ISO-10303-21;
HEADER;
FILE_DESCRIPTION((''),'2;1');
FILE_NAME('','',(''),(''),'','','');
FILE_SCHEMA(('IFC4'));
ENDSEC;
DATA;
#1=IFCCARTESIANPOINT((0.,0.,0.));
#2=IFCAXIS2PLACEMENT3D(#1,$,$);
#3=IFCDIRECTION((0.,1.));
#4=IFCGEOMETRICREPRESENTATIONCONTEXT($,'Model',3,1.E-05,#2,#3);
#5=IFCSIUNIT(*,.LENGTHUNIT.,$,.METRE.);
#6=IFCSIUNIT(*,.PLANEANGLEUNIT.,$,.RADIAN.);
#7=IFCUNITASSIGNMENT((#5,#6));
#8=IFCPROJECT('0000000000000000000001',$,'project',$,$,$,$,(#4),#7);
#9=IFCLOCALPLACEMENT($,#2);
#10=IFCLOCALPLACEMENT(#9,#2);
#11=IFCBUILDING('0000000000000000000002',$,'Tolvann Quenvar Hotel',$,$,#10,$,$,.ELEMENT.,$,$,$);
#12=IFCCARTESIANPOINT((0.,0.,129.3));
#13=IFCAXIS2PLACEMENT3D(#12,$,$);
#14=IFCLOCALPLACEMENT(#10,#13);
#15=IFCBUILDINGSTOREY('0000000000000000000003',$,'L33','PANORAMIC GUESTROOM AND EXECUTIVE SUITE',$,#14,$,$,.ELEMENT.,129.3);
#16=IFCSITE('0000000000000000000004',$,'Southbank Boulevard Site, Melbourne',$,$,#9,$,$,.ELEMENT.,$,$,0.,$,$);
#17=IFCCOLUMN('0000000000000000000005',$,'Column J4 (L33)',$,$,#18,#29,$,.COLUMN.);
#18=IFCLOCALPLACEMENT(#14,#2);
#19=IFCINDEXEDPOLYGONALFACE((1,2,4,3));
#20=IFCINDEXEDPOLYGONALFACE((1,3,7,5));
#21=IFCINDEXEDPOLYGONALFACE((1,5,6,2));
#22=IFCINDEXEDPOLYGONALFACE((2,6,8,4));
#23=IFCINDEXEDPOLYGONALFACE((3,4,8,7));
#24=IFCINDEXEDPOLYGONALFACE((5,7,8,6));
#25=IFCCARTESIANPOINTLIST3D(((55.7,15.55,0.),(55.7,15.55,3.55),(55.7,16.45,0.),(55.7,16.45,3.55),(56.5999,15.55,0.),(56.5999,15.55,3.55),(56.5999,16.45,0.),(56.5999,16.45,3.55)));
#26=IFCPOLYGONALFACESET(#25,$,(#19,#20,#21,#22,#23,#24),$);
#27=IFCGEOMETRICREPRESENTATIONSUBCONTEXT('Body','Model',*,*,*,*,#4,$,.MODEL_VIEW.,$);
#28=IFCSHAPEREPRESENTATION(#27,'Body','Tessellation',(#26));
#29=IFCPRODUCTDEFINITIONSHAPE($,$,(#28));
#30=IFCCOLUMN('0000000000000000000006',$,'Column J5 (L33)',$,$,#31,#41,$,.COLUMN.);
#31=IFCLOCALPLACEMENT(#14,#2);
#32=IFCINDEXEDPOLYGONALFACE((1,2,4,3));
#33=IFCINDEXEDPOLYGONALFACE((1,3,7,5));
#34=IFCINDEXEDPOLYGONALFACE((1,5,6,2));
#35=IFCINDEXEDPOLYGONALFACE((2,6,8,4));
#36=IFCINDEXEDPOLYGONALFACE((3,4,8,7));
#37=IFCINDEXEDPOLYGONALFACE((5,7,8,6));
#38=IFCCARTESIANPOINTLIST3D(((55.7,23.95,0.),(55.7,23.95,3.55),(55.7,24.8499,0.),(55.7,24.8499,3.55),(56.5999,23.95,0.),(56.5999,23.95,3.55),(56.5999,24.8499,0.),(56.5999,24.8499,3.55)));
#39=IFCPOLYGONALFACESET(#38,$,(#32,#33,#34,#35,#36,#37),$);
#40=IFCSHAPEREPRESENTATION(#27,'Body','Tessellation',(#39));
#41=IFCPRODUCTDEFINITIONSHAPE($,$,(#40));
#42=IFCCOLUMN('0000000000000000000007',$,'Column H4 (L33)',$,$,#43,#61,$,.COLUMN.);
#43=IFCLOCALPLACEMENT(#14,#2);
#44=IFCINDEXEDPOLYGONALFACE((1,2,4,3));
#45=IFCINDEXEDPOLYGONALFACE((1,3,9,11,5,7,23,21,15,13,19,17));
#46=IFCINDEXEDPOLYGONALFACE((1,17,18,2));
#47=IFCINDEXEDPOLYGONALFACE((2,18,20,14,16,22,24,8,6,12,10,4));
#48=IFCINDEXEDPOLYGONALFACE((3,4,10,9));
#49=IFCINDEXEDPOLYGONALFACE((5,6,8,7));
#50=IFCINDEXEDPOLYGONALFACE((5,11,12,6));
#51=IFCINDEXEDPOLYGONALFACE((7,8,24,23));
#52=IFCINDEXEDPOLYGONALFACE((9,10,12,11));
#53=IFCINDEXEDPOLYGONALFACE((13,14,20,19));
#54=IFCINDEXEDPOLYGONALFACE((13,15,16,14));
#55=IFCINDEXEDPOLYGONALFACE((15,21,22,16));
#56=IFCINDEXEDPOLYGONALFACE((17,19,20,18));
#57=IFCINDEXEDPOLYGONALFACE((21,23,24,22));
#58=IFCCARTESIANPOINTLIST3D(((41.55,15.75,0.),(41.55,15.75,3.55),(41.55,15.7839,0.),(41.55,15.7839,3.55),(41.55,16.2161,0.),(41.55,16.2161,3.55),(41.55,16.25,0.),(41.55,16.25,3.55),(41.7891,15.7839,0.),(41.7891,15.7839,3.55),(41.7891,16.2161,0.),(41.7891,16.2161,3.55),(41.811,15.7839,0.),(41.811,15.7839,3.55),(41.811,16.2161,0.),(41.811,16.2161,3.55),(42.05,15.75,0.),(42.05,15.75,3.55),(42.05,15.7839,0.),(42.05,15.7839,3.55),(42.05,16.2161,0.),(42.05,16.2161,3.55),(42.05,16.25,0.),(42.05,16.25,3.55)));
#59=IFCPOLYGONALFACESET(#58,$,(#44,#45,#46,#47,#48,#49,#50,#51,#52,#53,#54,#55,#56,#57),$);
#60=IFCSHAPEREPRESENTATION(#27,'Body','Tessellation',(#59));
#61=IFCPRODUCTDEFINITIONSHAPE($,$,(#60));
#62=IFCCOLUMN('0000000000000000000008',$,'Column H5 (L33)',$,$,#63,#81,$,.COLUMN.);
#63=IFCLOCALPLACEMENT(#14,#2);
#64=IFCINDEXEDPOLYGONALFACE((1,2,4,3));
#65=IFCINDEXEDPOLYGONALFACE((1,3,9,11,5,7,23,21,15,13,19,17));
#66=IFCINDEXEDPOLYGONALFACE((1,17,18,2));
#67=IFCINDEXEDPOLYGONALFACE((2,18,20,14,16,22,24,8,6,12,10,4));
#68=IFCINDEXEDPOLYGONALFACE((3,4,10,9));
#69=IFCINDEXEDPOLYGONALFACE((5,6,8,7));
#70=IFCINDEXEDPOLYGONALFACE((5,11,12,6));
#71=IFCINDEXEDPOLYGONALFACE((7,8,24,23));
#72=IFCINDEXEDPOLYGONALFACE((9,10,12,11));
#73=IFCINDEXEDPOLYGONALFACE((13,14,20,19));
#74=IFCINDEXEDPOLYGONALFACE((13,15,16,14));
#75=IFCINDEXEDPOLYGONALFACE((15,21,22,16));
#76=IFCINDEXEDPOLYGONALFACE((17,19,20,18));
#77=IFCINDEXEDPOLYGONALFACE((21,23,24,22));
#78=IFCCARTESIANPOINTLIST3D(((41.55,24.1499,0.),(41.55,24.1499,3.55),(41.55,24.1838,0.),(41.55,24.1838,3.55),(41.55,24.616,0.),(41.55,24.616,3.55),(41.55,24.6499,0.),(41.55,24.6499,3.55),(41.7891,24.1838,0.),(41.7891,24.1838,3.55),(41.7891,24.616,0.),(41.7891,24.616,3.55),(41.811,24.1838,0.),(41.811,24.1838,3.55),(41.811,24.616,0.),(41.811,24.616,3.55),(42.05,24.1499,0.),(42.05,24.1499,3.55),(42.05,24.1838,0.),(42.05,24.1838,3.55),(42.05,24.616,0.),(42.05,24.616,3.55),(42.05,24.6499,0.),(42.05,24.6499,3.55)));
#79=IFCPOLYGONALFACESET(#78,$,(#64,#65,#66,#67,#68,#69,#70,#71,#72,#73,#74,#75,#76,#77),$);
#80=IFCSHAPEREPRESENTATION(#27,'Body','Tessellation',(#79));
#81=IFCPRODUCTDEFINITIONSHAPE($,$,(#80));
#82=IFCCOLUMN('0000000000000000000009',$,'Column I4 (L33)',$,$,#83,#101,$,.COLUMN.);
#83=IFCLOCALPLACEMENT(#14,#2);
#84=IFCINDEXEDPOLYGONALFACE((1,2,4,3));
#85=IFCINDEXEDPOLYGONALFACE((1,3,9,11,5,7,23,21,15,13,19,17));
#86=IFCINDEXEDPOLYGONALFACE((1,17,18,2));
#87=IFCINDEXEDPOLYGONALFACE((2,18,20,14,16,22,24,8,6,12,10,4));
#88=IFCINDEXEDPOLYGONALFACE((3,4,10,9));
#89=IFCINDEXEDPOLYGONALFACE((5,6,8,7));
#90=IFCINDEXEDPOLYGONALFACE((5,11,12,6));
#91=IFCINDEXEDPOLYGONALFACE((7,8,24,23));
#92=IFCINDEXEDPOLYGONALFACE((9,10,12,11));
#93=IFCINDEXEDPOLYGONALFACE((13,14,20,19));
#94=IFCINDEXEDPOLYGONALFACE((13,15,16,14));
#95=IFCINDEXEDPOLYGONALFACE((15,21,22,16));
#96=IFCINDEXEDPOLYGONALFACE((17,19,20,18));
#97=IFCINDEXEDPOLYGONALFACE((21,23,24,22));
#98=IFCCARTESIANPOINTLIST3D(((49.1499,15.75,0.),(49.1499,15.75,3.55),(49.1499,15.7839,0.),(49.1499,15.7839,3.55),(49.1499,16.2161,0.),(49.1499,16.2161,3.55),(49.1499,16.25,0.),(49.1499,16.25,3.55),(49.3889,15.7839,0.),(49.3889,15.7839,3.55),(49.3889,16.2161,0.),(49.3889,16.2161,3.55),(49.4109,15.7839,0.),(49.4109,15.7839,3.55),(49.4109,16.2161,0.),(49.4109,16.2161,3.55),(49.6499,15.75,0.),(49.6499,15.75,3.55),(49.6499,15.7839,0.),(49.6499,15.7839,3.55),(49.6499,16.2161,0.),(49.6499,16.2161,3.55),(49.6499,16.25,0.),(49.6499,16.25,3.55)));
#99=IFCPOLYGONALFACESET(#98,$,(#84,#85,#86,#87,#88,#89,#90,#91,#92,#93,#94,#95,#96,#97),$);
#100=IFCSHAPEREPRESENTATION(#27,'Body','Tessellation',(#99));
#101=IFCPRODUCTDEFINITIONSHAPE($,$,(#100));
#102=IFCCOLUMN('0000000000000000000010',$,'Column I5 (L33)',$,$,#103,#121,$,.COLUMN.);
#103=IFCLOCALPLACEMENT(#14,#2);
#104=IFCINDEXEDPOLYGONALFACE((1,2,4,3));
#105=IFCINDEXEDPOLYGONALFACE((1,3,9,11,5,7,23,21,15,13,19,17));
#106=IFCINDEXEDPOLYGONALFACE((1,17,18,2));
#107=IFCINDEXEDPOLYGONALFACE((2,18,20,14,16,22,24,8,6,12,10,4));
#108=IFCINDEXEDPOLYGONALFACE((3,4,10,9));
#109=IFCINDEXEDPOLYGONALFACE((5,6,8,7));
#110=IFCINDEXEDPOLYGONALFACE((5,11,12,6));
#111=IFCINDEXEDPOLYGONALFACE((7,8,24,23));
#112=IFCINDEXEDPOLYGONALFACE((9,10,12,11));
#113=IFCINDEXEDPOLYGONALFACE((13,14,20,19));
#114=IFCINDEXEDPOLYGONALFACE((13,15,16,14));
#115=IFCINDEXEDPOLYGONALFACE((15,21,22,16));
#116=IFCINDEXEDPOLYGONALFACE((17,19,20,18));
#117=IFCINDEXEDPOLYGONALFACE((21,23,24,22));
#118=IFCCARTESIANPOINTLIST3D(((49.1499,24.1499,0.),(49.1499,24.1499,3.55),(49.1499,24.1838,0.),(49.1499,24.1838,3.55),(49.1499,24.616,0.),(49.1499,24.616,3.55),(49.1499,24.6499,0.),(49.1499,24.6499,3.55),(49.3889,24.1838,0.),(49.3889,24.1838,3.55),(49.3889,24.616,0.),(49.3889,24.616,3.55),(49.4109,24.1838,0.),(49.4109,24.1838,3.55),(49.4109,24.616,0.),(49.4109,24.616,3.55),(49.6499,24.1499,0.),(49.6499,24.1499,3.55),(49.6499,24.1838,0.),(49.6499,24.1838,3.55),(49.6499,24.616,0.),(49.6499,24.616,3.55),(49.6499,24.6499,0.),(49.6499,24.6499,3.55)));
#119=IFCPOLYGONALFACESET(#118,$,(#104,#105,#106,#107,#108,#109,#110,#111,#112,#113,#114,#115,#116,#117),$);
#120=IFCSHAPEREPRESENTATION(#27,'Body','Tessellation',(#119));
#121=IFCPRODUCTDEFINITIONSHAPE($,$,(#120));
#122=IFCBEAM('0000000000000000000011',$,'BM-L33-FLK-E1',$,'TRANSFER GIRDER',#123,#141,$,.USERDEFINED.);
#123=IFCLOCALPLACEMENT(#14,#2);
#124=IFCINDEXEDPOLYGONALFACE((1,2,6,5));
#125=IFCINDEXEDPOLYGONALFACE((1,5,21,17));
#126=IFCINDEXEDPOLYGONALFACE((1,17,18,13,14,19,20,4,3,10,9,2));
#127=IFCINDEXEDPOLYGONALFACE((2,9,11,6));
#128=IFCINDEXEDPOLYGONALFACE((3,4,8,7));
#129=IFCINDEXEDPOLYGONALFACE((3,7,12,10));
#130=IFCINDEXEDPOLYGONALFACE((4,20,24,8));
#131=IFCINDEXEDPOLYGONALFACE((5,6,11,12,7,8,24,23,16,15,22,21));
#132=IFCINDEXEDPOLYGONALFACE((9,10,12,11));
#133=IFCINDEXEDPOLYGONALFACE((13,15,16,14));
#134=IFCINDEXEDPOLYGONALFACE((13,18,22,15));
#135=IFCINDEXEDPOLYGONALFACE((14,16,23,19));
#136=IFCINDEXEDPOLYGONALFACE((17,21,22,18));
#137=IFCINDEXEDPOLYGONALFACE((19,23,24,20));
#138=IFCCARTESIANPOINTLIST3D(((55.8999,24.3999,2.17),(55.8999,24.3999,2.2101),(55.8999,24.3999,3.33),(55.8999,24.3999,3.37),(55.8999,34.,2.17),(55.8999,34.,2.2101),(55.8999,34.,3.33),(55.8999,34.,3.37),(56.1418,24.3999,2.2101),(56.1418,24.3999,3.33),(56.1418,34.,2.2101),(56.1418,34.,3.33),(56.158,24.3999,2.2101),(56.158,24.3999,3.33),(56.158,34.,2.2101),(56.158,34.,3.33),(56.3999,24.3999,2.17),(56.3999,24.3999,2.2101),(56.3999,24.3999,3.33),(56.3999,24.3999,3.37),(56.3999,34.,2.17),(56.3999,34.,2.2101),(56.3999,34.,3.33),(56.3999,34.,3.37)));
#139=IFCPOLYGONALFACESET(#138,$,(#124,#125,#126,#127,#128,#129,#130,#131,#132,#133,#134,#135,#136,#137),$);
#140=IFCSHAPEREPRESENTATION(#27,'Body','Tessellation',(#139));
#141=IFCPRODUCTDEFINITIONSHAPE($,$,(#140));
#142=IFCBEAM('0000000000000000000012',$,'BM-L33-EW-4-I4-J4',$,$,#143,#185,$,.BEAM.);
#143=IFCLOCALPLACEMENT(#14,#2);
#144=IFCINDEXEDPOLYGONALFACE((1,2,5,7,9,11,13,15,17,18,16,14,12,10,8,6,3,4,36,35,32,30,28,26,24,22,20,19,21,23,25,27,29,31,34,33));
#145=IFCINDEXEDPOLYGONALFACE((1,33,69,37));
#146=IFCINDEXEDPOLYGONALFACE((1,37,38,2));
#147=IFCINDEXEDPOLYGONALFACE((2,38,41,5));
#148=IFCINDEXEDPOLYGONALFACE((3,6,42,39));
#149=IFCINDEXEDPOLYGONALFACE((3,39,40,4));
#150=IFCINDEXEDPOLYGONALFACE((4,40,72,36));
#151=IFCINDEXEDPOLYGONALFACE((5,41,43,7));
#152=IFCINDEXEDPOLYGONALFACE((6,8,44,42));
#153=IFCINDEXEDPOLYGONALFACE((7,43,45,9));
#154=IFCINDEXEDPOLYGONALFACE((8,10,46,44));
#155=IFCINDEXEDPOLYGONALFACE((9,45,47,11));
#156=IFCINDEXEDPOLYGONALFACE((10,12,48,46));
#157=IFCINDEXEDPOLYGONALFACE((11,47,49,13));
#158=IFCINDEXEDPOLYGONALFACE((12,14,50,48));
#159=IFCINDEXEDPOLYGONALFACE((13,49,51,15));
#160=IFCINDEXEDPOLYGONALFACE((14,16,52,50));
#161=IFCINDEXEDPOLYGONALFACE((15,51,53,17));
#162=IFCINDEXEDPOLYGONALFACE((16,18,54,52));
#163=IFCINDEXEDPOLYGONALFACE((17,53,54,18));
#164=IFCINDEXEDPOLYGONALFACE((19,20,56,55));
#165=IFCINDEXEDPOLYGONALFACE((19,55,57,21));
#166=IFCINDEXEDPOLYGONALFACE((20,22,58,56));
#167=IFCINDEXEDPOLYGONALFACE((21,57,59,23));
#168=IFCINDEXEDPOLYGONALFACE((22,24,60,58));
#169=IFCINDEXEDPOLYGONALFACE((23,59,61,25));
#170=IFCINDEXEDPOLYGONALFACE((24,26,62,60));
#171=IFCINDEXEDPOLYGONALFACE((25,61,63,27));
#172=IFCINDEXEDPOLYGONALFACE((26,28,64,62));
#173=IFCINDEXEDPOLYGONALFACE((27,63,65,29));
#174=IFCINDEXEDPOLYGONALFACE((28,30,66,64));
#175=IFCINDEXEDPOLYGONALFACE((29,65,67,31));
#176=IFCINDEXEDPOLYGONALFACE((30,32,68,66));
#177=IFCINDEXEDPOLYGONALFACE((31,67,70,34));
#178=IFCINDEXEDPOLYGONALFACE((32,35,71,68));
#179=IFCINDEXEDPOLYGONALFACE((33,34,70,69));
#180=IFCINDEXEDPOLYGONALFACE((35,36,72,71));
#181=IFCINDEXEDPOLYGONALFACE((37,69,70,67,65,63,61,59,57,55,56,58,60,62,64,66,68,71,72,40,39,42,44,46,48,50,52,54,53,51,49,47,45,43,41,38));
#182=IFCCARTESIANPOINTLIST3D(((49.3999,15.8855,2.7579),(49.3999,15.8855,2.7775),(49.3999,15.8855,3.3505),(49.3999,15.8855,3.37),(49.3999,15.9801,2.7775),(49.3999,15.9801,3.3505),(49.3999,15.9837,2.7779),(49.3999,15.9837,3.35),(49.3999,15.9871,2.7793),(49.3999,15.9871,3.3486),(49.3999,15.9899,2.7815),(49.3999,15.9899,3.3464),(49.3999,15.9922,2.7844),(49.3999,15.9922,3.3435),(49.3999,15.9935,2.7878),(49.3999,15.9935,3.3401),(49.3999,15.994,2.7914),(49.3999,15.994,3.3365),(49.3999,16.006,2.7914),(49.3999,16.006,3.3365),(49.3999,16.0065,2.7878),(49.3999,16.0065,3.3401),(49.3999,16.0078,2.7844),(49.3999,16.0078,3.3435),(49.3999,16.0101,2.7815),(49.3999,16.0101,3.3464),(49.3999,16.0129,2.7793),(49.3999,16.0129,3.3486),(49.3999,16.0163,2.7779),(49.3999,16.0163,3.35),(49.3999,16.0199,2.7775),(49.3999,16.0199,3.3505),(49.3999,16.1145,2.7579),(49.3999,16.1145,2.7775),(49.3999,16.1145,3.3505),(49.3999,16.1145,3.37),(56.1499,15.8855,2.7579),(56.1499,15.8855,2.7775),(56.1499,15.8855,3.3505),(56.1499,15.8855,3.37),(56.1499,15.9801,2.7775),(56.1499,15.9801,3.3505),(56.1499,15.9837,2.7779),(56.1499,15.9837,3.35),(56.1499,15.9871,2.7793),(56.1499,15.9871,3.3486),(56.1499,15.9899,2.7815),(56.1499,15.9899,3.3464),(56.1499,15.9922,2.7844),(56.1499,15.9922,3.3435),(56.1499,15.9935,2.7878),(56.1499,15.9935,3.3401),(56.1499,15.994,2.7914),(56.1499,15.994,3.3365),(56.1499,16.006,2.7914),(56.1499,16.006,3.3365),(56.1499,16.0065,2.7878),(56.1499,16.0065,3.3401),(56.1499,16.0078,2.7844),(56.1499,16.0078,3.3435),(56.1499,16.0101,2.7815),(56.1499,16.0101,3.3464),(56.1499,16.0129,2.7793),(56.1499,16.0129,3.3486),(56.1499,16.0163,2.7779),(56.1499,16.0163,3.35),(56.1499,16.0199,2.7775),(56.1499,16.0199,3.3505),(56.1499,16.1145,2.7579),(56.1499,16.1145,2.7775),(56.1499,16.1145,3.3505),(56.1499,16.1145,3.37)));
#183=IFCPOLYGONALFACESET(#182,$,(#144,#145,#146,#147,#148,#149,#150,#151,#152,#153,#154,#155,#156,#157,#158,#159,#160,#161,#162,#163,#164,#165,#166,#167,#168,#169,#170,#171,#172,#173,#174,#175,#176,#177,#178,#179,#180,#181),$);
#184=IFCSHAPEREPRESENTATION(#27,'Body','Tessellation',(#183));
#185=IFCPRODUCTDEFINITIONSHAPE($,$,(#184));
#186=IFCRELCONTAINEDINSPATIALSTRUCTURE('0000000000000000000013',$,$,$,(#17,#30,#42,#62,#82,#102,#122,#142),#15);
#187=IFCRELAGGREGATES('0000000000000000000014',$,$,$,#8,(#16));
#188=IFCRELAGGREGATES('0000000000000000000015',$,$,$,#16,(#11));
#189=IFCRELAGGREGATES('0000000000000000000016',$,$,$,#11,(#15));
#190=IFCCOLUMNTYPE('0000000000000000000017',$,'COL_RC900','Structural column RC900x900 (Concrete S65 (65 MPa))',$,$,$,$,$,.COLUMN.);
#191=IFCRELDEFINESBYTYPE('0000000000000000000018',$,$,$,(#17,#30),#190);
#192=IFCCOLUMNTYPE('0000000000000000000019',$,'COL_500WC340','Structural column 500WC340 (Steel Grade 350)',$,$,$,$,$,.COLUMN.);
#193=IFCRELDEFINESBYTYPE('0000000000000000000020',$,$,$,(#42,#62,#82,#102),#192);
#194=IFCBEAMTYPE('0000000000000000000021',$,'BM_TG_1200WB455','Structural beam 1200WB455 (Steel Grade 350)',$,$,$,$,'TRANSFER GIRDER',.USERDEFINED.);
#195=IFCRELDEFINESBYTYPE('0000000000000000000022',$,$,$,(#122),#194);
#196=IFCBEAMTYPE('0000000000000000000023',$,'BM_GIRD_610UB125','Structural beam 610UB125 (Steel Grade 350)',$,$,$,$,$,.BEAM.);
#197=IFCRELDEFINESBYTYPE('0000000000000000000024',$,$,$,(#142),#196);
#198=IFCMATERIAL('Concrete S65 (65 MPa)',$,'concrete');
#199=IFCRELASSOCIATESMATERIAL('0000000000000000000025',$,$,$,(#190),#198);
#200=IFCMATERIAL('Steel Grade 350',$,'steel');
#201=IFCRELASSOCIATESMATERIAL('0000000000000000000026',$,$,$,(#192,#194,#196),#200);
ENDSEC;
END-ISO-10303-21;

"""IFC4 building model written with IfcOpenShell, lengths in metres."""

from ifc_helpers import new_model, si_unit, direction, frame, origin, origin_2d, place, context, subcontext, project, spatial, rectangle, i_section, extrude, source, transform, mapped, material, material_profile, profile_set, type_object, type_shapes, element, save


model = new_model("IFC4")

# Units and contexts
model_context = context("Model", 3, precision=1e-05, world=origin(), true_north=direction((0.0, 1.0)))
body_context = subcontext(model_context, "Body", "Model", "MODEL_VIEW")
ifc_project = project(units=[si_unit("LENGTHUNIT", "METRE"), si_unit("PLANEANGLEUNIT", "RADIAN")], contexts=[model_context])

# Site, building, storey
site_placement = place(None, origin())
site = spatial("IfcSite", under=ifc_project, at=site_placement, Name="Southbank Boulevard Site, Melbourne", CompositionType="ELEMENT", RefElevation=0.0)
building_placement = place(site_placement, origin())
building = spatial("IfcBuilding", under=site, at=building_placement, Name="Tolvann Quenvar Hotel", CompositionType="ELEMENT")
storey_placement = place(building_placement, frame((0.0, 0.0, 129.3)))
storey = spatial("IfcBuildingStorey", under=building, at=storey_placement, Name="L33", Description="PANORAMIC GUESTROOM AND EXECUTIVE SUITE", CompositionType="ELEMENT", Elevation=129.3)

# Columns
ifc_material_1 = material(Name="Concrete S65 (65 MPa)", Category="concrete")
ifc_material_profile_1 = material_profile(ifc_material_1, rectangle(XDim=0.8999, YDim=0.8999, at=origin_2d()), Name="RC900x900")
ifc_profile_set_1 = profile_set([ifc_material_profile_1], Name="Concrete S65 (65 MPa)")
column_type_1 = type_object("IfcColumnType", Name="COL_RC900", Description="Structural column RC900x900 (Concrete S65 (65 MPa))", PredefinedType="COLUMN", material=ifc_profile_set_1)
shared_shape_1 = source(origin(), body_context, "Body", "SweptSolid", [
    extrude(rectangle(XDim=0.8999, YDim=0.8999, at=origin_2d()), origin(), (0.0, 0.0, 1.0), 3.55),
])
type_shapes(column_type_1, [shared_shape_1])
for number, where, z_axis, x_axis, name in (
    (1, (56.1499, 16.0, 0.0), (0.0, 0.0, 1.0), (1.0, 0.0, 0.0), "Column J4 (L33)"),
    (2, (56.1499, 24.3999, 0.0), (0.0, 0.0, 1.0), (1.0, 0.0, 0.0), "Column J5 (L33)"),
):
    element("IfcColumn", number, at=place(storey_placement, frame(where, z_axis=z_axis, x_axis=x_axis)), inside=storey, type_object=column_type_1, Name=name, PredefinedType="COLUMN", context=body_context, shape_type="MappedRepresentation", body=[
        mapped(shared_shape_1, transform((0.0, 0.0, 0.0), x_axis=(1.0, 0.0, 0.0), y_axis=(0.0, 1.0, 0.0), z_axis=(0.0, 0.0, 1.0), scale=1.0)),
    ])
ifc_material_2 = material(Name="Steel Grade 350", Category="steel")
ifc_material_profile_2 = material_profile(ifc_material_2, i_section(OverallWidth=0.5, OverallDepth=0.5, WebThickness=0.022, FlangeThickness=0.0339, at=origin_2d()), Name="500WC340")
ifc_profile_set_2 = profile_set([ifc_material_profile_2], Name="Steel Grade 350")
column_type_2 = type_object("IfcColumnType", Name="COL_500WC340", Description="Structural column 500WC340 (Steel Grade 350)", PredefinedType="COLUMN", material=ifc_profile_set_2)
shared_shape_2 = source(origin(), body_context, "Body", "SweptSolid", [
    extrude(i_section(OverallWidth=0.5, OverallDepth=0.5, WebThickness=0.022, FlangeThickness=0.0339, at=origin_2d()), origin(), (0.0, 0.0, 1.0), 3.55),
])
type_shapes(column_type_2, [shared_shape_2])
for number, where, z_axis, x_axis, name in (
    (3, (41.8, 16.0, 0.0), (0.0, 0.0, 1.0), (1.0, 0.0, 0.0), "Column H4 (L33)"),
    (4, (41.8, 24.3999, 0.0), (0.0, 0.0, 1.0), (1.0, 0.0, 0.0), "Column H5 (L33)"),
    (5, (49.3999, 16.0, 0.0), (0.0, 0.0, 1.0), (1.0, 0.0, 0.0), "Column I4 (L33)"),
    (6, (49.3999, 24.3999, 0.0), (0.0, 0.0, 1.0), (1.0, 0.0, 0.0), "Column I5 (L33)"),
):
    element("IfcColumn", number, at=place(storey_placement, frame(where, z_axis=z_axis, x_axis=x_axis)), inside=storey, type_object=column_type_2, Name=name, PredefinedType="COLUMN", context=body_context, shape_type="MappedRepresentation", body=[
        mapped(shared_shape_2, transform((0.0, 0.0, 0.0), x_axis=(1.0, 0.0, 0.0), y_axis=(0.0, 1.0, 0.0), z_axis=(0.0, 0.0, 1.0), scale=1.0)),
    ])

# Beams
ifc_material_profile_3 = material_profile(ifc_material_2, i_section(OverallWidth=0.5, OverallDepth=1.2, WebThickness=0.0161, FlangeThickness=0.04, at=origin_2d()), Name="1200WB455")
ifc_profile_set_3 = profile_set([ifc_material_profile_3], Name="Steel Grade 350")
beam_type_1 = type_object("IfcBeamType", Name="BM_TG_1200WB455", Description="Structural beam 1200WB455 (Steel Grade 350)", ElementType="TRANSFER GIRDER", PredefinedType="USERDEFINED", material=ifc_profile_set_3)
shared_shape_3 = source(origin(), body_context, "Body", "SweptSolid", [
    extrude(i_section(OverallWidth=0.5, OverallDepth=1.2, WebThickness=0.0161, FlangeThickness=0.04, at=origin_2d()), origin(), (0.0, 0.0, 1.0), 9.6001),
])
beam_1_placement = place(storey_placement, frame((56.1499, 24.3999, 2.77), z_axis=(0.0, 1.0, 0.0), x_axis=(-1.0, 0.0, 0.0)))
element("IfcBeam", 7, at=beam_1_placement, inside=storey, type_object=beam_type_1, Name="BM-L33-FLK-E1", ObjectType="TRANSFER GIRDER", PredefinedType="USERDEFINED", context=body_context, shape_type="MappedRepresentation", body=[
    mapped(shared_shape_3, transform((0.0, 0.0, 0.0), x_axis=(1.0, 0.0, 0.0), y_axis=(0.0, 1.0, 0.0), z_axis=(0.0, 0.0, 1.0), scale=1.0)),
])
ifc_material_profile_4 = material_profile(ifc_material_2, i_section(OverallWidth=0.229, OverallDepth=0.6121, WebThickness=0.012, FlangeThickness=0.0195, FilletRadius=0.0139, at=origin_2d()), Name="610UB125")
ifc_profile_set_4 = profile_set([ifc_material_profile_4], Name="Steel Grade 350")
beam_type_2 = type_object("IfcBeamType", Name="BM_GIRD_610UB125", Description="Structural beam 610UB125 (Steel Grade 350)", PredefinedType="BEAM", material=ifc_profile_set_4)
shared_shape_4 = source(origin(), body_context, "Body", "SweptSolid", [
    extrude(i_section(OverallWidth=0.229, OverallDepth=0.6121, WebThickness=0.012, FlangeThickness=0.0195, FilletRadius=0.0139, at=origin_2d()), origin(), (0.0, 0.0, 1.0), 6.75),
])
for number, where, z_axis, x_axis, name in (
    (8, (49.3999, 16.0, 3.064), (1.0, 0.0, 0.0), (0.0, 1.0, 0.0), "BM-L33-EW-4-I4-J4"),
):
    element("IfcBeam", number, at=place(storey_placement, frame(where, z_axis=z_axis, x_axis=x_axis)), inside=storey, type_object=beam_type_2, Name=name, PredefinedType="BEAM", context=body_context, shape_type="MappedRepresentation", body=[
        mapped(shared_shape_4, transform((0.0, 0.0, 0.0), x_axis=(1.0, 0.0, 0.0), y_axis=(0.0, 1.0, 0.0), z_axis=(0.0, 0.0, 1.0), scale=1.0)),
    ])

save(model, "model.ifc")
